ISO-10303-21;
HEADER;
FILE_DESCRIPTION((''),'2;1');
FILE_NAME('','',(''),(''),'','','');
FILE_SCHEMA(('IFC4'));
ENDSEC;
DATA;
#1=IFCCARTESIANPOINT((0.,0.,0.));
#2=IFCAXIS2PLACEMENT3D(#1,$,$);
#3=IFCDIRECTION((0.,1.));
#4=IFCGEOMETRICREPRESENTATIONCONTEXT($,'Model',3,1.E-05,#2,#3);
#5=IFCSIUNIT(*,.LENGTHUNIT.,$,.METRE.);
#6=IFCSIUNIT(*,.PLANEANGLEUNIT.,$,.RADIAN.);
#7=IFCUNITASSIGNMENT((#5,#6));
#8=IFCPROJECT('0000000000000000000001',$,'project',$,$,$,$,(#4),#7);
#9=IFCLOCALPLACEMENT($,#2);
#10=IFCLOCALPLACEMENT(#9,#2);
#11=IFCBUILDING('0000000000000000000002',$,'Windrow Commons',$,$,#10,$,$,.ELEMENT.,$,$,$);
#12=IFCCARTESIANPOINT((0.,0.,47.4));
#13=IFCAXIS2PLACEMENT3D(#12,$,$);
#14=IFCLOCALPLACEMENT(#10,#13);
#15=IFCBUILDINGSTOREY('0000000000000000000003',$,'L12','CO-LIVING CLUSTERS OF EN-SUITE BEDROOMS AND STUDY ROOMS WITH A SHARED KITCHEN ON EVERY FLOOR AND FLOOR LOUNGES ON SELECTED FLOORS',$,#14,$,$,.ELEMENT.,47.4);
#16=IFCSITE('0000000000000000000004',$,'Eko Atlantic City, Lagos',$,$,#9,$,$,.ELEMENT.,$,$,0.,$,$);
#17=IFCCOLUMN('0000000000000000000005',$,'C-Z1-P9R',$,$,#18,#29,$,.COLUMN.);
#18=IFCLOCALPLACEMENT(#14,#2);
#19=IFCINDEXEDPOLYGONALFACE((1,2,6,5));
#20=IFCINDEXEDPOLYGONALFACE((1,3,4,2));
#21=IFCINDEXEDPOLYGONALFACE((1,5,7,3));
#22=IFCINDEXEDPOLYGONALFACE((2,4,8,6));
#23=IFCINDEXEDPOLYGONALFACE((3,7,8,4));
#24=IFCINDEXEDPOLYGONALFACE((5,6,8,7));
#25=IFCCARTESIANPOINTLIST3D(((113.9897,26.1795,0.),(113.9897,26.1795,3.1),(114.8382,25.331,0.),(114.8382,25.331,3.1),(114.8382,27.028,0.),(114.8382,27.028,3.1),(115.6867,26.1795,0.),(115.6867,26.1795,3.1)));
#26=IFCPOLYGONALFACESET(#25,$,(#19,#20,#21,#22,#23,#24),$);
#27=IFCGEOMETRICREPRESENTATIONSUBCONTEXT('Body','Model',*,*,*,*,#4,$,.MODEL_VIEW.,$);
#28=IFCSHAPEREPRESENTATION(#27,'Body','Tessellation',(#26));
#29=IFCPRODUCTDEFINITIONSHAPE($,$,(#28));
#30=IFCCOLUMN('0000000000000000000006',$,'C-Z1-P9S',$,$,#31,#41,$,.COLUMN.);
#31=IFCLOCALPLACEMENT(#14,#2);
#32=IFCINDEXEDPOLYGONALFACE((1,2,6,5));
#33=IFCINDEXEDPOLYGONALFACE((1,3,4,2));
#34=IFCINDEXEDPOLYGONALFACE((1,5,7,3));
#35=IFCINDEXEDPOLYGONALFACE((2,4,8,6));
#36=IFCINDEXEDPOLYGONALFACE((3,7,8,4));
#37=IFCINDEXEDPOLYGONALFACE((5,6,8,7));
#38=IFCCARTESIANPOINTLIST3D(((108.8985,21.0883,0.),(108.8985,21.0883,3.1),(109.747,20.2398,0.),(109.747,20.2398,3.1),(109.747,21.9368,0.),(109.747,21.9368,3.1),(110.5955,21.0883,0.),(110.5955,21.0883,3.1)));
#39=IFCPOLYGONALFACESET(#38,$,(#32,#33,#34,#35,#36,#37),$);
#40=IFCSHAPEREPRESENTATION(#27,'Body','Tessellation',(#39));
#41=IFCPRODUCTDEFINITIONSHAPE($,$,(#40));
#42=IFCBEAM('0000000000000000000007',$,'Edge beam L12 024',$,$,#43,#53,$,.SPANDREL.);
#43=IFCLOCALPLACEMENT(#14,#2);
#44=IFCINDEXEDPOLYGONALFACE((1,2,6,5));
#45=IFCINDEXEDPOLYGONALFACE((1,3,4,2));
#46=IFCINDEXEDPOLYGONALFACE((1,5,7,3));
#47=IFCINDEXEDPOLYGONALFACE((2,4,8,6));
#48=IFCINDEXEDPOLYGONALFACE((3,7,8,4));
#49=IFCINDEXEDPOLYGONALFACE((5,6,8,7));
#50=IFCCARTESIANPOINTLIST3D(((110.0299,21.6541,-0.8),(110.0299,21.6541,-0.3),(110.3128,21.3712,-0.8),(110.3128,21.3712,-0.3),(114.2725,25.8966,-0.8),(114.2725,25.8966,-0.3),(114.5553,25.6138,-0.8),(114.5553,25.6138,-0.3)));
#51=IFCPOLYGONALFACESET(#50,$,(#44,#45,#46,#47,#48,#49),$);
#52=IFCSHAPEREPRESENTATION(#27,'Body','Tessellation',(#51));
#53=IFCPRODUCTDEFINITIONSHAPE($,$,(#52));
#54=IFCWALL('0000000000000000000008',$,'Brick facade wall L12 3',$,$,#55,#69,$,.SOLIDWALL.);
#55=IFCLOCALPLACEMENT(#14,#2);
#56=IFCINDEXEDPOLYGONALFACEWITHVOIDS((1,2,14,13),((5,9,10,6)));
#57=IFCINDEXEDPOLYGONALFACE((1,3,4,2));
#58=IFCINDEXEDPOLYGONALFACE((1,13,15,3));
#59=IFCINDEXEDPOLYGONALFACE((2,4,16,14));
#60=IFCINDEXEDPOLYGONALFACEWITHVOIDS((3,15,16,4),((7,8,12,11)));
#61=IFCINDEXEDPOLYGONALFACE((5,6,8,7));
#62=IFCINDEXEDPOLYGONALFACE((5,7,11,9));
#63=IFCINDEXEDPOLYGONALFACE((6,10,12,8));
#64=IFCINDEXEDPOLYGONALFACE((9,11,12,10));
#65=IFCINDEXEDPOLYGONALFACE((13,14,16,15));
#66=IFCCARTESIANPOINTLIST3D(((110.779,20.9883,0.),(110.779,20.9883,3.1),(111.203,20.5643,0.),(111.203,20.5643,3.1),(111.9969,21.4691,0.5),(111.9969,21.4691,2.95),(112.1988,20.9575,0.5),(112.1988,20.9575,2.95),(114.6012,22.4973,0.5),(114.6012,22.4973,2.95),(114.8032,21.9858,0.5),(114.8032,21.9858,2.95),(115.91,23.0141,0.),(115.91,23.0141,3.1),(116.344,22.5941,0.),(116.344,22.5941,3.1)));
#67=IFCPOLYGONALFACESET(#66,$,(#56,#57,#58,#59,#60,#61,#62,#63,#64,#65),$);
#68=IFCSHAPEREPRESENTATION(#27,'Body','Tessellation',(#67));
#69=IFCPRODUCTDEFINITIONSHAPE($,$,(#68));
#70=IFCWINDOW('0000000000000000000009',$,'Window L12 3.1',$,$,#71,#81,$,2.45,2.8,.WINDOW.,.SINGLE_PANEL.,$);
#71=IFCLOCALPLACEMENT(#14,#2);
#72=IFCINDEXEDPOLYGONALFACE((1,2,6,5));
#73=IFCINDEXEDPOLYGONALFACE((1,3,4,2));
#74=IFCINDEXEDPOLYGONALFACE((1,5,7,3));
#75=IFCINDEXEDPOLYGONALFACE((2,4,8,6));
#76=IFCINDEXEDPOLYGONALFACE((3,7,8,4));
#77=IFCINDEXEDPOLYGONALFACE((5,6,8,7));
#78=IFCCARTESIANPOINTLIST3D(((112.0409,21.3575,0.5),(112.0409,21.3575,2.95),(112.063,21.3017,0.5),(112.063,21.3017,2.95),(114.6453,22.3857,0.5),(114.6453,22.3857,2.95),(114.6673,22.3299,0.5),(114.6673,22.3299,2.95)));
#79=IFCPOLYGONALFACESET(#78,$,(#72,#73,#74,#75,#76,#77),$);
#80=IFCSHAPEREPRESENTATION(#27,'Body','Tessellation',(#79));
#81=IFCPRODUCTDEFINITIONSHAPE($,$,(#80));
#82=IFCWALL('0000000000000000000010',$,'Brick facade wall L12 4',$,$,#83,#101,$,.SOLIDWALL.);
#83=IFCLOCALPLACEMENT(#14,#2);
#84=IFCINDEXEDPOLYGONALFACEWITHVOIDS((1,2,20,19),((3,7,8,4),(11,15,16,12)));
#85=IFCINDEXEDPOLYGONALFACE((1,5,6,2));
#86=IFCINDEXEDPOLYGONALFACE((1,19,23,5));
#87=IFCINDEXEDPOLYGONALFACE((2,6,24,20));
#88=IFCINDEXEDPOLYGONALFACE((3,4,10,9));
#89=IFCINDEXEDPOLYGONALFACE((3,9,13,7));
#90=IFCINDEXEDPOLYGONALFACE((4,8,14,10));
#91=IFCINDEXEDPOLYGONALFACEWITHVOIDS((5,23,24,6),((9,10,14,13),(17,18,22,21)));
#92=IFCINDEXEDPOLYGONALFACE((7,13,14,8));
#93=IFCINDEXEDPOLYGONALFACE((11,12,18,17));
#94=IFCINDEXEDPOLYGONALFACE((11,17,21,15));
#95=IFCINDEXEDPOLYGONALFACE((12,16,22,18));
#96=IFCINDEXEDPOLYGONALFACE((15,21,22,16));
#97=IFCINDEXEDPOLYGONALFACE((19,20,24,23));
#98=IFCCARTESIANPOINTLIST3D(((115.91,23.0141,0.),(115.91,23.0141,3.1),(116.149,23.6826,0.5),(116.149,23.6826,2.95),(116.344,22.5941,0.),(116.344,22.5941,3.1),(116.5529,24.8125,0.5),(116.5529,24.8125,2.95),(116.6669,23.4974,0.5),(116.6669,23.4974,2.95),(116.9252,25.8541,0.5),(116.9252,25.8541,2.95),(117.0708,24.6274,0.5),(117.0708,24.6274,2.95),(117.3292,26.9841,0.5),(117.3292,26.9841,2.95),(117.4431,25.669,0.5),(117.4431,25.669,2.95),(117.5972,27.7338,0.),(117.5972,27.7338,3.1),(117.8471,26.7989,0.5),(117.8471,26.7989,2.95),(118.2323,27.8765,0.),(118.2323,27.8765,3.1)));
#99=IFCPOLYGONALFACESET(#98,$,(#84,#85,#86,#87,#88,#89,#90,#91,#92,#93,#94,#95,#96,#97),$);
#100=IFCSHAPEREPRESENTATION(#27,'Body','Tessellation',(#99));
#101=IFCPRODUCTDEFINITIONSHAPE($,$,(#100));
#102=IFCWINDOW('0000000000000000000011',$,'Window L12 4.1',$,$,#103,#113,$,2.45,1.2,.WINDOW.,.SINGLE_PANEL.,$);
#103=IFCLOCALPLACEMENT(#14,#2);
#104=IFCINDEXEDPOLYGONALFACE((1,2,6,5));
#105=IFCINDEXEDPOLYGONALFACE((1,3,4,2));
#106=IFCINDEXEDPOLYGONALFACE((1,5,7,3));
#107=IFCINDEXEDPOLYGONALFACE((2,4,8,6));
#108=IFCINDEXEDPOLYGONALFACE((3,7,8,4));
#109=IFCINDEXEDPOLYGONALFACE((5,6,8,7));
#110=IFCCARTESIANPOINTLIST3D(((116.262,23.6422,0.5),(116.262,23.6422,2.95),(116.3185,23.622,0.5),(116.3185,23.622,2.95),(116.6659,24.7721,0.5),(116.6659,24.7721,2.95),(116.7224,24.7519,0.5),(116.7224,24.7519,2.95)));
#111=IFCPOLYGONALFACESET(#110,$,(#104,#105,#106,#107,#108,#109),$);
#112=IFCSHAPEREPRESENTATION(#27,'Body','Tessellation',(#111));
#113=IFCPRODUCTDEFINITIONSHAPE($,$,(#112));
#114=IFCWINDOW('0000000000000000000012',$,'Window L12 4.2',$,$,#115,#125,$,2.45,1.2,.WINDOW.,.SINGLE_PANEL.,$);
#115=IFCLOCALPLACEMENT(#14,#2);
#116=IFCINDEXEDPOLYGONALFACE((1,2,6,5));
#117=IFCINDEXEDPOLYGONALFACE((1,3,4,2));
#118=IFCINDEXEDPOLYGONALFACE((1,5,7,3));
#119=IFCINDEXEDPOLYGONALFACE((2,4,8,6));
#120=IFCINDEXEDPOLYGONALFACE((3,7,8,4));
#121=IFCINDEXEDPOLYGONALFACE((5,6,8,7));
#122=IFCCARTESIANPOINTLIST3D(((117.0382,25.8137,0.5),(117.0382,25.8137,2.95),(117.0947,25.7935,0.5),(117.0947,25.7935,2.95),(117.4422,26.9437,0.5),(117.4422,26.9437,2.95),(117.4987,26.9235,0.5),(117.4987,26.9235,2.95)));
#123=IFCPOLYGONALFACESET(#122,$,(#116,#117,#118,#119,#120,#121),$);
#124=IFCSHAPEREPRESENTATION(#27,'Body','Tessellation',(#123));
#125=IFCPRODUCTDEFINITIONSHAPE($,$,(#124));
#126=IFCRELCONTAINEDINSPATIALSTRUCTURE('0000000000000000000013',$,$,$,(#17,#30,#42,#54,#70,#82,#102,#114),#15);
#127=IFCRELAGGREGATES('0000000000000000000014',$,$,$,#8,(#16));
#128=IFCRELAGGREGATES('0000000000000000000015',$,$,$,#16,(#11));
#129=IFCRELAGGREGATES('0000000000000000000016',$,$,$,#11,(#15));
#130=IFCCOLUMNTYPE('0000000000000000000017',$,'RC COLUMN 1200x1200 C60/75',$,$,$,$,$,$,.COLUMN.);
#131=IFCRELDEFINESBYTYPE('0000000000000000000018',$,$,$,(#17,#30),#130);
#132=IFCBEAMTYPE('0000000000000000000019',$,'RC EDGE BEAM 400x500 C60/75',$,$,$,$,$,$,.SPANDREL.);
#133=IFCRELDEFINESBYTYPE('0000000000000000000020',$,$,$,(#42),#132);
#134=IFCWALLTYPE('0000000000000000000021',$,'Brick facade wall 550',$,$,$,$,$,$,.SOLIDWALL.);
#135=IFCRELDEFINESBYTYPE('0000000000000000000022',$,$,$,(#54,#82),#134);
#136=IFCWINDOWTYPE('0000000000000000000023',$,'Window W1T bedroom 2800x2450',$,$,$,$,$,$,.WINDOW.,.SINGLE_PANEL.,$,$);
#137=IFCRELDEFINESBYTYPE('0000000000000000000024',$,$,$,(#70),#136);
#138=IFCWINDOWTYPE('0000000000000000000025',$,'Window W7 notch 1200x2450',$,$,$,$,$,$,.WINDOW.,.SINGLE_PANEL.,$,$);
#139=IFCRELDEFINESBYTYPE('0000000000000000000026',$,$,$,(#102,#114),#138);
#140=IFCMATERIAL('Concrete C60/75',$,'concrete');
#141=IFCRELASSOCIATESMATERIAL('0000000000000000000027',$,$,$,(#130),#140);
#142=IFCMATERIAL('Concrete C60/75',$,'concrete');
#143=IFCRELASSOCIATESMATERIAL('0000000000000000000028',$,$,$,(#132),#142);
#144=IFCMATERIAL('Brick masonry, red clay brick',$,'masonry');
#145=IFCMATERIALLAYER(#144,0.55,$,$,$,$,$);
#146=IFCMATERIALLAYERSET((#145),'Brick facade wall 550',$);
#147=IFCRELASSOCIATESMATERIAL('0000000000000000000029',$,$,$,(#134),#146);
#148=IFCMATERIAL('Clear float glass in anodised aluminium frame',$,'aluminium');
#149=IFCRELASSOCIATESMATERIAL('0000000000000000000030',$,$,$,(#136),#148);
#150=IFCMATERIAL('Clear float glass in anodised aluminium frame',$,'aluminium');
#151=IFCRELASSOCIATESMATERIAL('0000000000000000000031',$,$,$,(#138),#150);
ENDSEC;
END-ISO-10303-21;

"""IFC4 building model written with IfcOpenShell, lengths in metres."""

from ifc_helpers import new_model, si_unit, direction, frame, frame_2d, origin, origin_2d, place, context, subcontext, project, spatial, polyline, rectangle, outline, extrude, material, layer, layer_set, material_profile, profile_set, type_object, element, fill, save


model = new_model("IFC4")

# Units and contexts
model_context = context("Model", 3, precision=1e-05, world=origin(), true_north=direction((0.0, 1.0)))
body_context = subcontext(model_context, "Body", "Model", "MODEL_VIEW")
ifc_project = project(units=[si_unit("LENGTHUNIT", "METRE"), si_unit("PLANEANGLEUNIT", "RADIAN")], contexts=[model_context])

# Site, building, storey
site_placement = place(None, origin())
site = spatial("IfcSite", under=ifc_project, at=site_placement, Name="Eko Atlantic City, Lagos", CompositionType="ELEMENT", RefElevation=0.0)
building_placement = place(site_placement, origin())
building = spatial("IfcBuilding", under=site, at=building_placement, Name="Windrow Commons", CompositionType="ELEMENT")
storey_placement = place(building_placement, frame((0.0, 0.0, 47.4)))
storey = spatial("IfcBuildingStorey", under=building, at=storey_placement, Name="L12", Description="CO-LIVING CLUSTERS OF EN-SUITE BEDROOMS AND STUDY ROOMS WITH A SHARED KITCHEN ON EVERY FLOOR AND FLOOR LOUNGES ON SELECTED FLOORS", CompositionType="ELEMENT", Elevation=47.4)

# Columns
ifc_material_1 = material(Name="Concrete C60/75", Category="concrete")
ifc_material_profile_1 = material_profile(ifc_material_1, rectangle(XDim=1.2, YDim=1.2, at=origin_2d()))
ifc_profile_set_1 = profile_set([ifc_material_profile_1], Name="Concrete C60/75")
column_type = type_object("IfcColumnType", Name="RC COLUMN 1200x1200 C60/75", PredefinedType="COLUMN", material=ifc_profile_set_1)
for number, where, z_axis, x_axis, name in (
    (1, (114.8382, 26.1795, 0.0), (0.0, 0.0, 1.0), (0.707107, -0.707107, 0.0), "C-Z1-P9R"),
    (2, (109.747, 21.0883, 0.0), (0.0, 0.0, 1.0), (0.707107, -0.707107, 0.0), "C-Z1-P9S"),
):
    element("IfcColumn", number, at=place(storey_placement, frame(where, z_axis=z_axis, x_axis=x_axis)), inside=storey, type_object=column_type, Name=name, PredefinedType="COLUMN", context=body_context, shape_type="SweptSolid", body=[
        extrude(rectangle(XDim=1.2, YDim=1.2, at=origin_2d()), origin(), (0.0, 0.0, 1.0), 3.1),
    ])

# Beam
ifc_material_2 = material(Name="Concrete C60/75", Category="concrete")
ifc_material_profile_2 = material_profile(ifc_material_2, rectangle(XDim=0.4, YDim=0.5, at=origin_2d()))
ifc_profile_set_2 = profile_set([ifc_material_profile_2], Name="Concrete C60/75")
beam_type = type_object("IfcBeamType", Name="RC EDGE BEAM 400x500 C60/75", PredefinedType="SPANDREL", material=ifc_profile_set_2)
beam_placement = place(storey_placement, frame((114.4139, 25.7552, -0.55), z_axis=(-0.707107, -0.707107, 0.0), x_axis=(0.707107, -0.707107, 0.0)))
element("IfcBeam", 3, at=beam_placement, inside=storey, type_object=beam_type, Name="Edge beam L12 024", PredefinedType="SPANDREL", context=body_context, shape_type="SweptSolid", body=[
    extrude(rectangle(XDim=0.4, YDim=0.5, at=origin_2d()), origin(), (0.0, 0.0, 1.0), 5.9999),
])

# Wall, opening, window
ifc_material_3 = material(Name="Brick masonry, red clay brick", Category="masonry")
ifc_layer_1 = layer(ifc_material_3, 0.55)
ifc_layer_set_1 = layer_set([ifc_layer_1], Name="Brick facade wall 550")
wall_type_1 = type_object("IfcWallType", Name="Brick facade wall 550", PredefinedType="SOLIDWALL", material=ifc_layer_set_1)
wall_1_placement = place(storey_placement, frame((110.991, 20.7763, 0.0), z_axis=(0.0, 0.0, 1.0), x_axis=(0.930129, 0.367234, 0.0)))
wall_1 = element("IfcWall", 4, at=wall_1_placement, inside=storey, type_object=wall_type_1, Name="Brick facade wall L12 3", PredefinedType="SOLIDWALL", context=body_context, shape_type="SweptSolid", body=[
    extrude(outline(polyline([(0.1193, -0.275), (5.6465, -0.275), (5.3971, 0.275), (-0.1193, 0.275), (0.1193, -0.275)])), origin(), (0.0, 0.0, 1.0), 3.1),
])
opening_1_placement = place(wall_1_placement, frame((1.19, 0.0, 0.5)))
opening_1 = element("IfcOpeningElement", 5, at=opening_1_placement, cuts=wall_1, PredefinedType="OPENING", context=body_context, shape_type="SweptSolid", body=[
    extrude(rectangle(XDim=2.8, YDim=2.45, at=frame_2d((1.4, 1.225))), frame((0.0, 0.285, 0.0), z_axis=(0.0, -1.0, 0.0), x_axis=(1.0, 0.0, 0.0)), (0.0, 0.0, 1.0), 0.57),
])
ifc_material_4 = material(Name="Clear float glass in anodised aluminium frame", Category="aluminium")
window_type_1 = type_object("IfcWindowType", Name="Window W1T bedroom 2800x2450", PartitioningType="SINGLE_PANEL", PredefinedType="WINDOW", material=ifc_material_4)
window_1_placement = place(opening_1_placement, origin())
window_1 = element("IfcWindow", 6, at=window_1_placement, inside=storey, type_object=window_type_1, Name="Window L12 3.1", OverallHeight=2.45, OverallWidth=2.8, PartitioningType="SINGLE_PANEL", PredefinedType="WINDOW", context=body_context, shape_type="SweptSolid", body=[
    extrude(rectangle(XDim=2.8, YDim=2.45, at=frame_2d((1.4, 1.225))), frame((0.0, 0.155, 0.0), z_axis=(0.0, -1.0, 0.0), x_axis=(1.0, 0.0, 0.0)), (0.0, 0.0, 1.0), 0.06),
])
fill(opening_1, window_1)

# Wall, openings, windows
wall_2_placement = place(storey_placement, frame((116.127, 22.8041, 0.0), z_axis=(0.0, 0.0, 1.0), x_axis=(0.336608, 0.941645, 0.0)))
wall_2 = element("IfcWall", 7, at=wall_2_placement, inside=storey, type_object=wall_type_1, Name="Brick facade wall L12 4", PredefinedType="SOLIDWALL", context=body_context, shape_type="SweptSolid", body=[
    extrude(outline(polyline([(-0.1247, -0.275), (5.4851, -0.275), (5.1369, 0.275), (0.1247, 0.275), (-0.1247, -0.275)])), origin(), (0.0, 0.0, 1.0), 3.1),
])
opening_2_placement = place(wall_2_placement, frame((0.8346, 0.0, 0.5)))
opening_2 = element("IfcOpeningElement", 8, at=opening_2_placement, cuts=wall_2, PredefinedType="OPENING", context=body_context, shape_type="SweptSolid", body=[
    extrude(rectangle(XDim=1.2, YDim=2.45, at=frame_2d((0.6, 1.225))), frame((0.0, 0.285, 0.0), z_axis=(0.0, -1.0, 0.0), x_axis=(1.0, 0.0, 0.0)), (0.0, 0.0, 1.0), 0.57),
])
opening_3_placement = place(wall_2_placement, frame((3.1407, 0.0, 0.5)))
opening_3 = element("IfcOpeningElement", 9, at=opening_3_placement, cuts=wall_2, PredefinedType="OPENING", context=body_context, shape_type="SweptSolid", body=[
    extrude(rectangle(XDim=1.2, YDim=2.45, at=frame_2d((0.6, 1.225))), frame((0.0, 0.285, 0.0), z_axis=(0.0, -1.0, 0.0), x_axis=(1.0, 0.0, 0.0)), (0.0, 0.0, 1.0), 0.57),
])
ifc_material_5 = material(Name="Clear float glass in anodised aluminium frame", Category="aluminium")
window_type_2 = type_object("IfcWindowType", Name="Window W7 notch 1200x2450", PartitioningType="SINGLE_PANEL", PredefinedType="WINDOW", material=ifc_material_5)
window_2_placement = place(opening_2_placement, origin())
window_2 = element("IfcWindow", 10, at=window_2_placement, inside=storey, type_object=window_type_2, Name="Window L12 4.1", OverallHeight=2.45, OverallWidth=1.2, PartitioningType="SINGLE_PANEL", PredefinedType="WINDOW", context=body_context, shape_type="SweptSolid", body=[
    extrude(rectangle(XDim=1.2, YDim=2.45, at=frame_2d((0.6, 1.225))), frame((0.0, 0.155, 0.0), z_axis=(0.0, -1.0, 0.0), x_axis=(1.0, 0.0, 0.0)), (0.0, 0.0, 1.0), 0.06),
])
fill(opening_2, window_2)
window_3_placement = place(opening_3_placement, origin())
window_3 = element("IfcWindow", 11, at=window_3_placement, inside=storey, type_object=window_type_2, Name="Window L12 4.2", OverallHeight=2.45, OverallWidth=1.2, PartitioningType="SINGLE_PANEL", PredefinedType="WINDOW", context=body_context, shape_type="SweptSolid", body=[
    extrude(rectangle(XDim=1.2, YDim=2.45, at=frame_2d((0.6, 1.225))), frame((0.0, 0.155, 0.0), z_axis=(0.0, -1.0, 0.0), x_axis=(1.0, 0.0, 0.0)), (0.0, 0.0, 1.0), 0.06),
])
fill(opening_3, window_3)

save(model, "model.ifc")
